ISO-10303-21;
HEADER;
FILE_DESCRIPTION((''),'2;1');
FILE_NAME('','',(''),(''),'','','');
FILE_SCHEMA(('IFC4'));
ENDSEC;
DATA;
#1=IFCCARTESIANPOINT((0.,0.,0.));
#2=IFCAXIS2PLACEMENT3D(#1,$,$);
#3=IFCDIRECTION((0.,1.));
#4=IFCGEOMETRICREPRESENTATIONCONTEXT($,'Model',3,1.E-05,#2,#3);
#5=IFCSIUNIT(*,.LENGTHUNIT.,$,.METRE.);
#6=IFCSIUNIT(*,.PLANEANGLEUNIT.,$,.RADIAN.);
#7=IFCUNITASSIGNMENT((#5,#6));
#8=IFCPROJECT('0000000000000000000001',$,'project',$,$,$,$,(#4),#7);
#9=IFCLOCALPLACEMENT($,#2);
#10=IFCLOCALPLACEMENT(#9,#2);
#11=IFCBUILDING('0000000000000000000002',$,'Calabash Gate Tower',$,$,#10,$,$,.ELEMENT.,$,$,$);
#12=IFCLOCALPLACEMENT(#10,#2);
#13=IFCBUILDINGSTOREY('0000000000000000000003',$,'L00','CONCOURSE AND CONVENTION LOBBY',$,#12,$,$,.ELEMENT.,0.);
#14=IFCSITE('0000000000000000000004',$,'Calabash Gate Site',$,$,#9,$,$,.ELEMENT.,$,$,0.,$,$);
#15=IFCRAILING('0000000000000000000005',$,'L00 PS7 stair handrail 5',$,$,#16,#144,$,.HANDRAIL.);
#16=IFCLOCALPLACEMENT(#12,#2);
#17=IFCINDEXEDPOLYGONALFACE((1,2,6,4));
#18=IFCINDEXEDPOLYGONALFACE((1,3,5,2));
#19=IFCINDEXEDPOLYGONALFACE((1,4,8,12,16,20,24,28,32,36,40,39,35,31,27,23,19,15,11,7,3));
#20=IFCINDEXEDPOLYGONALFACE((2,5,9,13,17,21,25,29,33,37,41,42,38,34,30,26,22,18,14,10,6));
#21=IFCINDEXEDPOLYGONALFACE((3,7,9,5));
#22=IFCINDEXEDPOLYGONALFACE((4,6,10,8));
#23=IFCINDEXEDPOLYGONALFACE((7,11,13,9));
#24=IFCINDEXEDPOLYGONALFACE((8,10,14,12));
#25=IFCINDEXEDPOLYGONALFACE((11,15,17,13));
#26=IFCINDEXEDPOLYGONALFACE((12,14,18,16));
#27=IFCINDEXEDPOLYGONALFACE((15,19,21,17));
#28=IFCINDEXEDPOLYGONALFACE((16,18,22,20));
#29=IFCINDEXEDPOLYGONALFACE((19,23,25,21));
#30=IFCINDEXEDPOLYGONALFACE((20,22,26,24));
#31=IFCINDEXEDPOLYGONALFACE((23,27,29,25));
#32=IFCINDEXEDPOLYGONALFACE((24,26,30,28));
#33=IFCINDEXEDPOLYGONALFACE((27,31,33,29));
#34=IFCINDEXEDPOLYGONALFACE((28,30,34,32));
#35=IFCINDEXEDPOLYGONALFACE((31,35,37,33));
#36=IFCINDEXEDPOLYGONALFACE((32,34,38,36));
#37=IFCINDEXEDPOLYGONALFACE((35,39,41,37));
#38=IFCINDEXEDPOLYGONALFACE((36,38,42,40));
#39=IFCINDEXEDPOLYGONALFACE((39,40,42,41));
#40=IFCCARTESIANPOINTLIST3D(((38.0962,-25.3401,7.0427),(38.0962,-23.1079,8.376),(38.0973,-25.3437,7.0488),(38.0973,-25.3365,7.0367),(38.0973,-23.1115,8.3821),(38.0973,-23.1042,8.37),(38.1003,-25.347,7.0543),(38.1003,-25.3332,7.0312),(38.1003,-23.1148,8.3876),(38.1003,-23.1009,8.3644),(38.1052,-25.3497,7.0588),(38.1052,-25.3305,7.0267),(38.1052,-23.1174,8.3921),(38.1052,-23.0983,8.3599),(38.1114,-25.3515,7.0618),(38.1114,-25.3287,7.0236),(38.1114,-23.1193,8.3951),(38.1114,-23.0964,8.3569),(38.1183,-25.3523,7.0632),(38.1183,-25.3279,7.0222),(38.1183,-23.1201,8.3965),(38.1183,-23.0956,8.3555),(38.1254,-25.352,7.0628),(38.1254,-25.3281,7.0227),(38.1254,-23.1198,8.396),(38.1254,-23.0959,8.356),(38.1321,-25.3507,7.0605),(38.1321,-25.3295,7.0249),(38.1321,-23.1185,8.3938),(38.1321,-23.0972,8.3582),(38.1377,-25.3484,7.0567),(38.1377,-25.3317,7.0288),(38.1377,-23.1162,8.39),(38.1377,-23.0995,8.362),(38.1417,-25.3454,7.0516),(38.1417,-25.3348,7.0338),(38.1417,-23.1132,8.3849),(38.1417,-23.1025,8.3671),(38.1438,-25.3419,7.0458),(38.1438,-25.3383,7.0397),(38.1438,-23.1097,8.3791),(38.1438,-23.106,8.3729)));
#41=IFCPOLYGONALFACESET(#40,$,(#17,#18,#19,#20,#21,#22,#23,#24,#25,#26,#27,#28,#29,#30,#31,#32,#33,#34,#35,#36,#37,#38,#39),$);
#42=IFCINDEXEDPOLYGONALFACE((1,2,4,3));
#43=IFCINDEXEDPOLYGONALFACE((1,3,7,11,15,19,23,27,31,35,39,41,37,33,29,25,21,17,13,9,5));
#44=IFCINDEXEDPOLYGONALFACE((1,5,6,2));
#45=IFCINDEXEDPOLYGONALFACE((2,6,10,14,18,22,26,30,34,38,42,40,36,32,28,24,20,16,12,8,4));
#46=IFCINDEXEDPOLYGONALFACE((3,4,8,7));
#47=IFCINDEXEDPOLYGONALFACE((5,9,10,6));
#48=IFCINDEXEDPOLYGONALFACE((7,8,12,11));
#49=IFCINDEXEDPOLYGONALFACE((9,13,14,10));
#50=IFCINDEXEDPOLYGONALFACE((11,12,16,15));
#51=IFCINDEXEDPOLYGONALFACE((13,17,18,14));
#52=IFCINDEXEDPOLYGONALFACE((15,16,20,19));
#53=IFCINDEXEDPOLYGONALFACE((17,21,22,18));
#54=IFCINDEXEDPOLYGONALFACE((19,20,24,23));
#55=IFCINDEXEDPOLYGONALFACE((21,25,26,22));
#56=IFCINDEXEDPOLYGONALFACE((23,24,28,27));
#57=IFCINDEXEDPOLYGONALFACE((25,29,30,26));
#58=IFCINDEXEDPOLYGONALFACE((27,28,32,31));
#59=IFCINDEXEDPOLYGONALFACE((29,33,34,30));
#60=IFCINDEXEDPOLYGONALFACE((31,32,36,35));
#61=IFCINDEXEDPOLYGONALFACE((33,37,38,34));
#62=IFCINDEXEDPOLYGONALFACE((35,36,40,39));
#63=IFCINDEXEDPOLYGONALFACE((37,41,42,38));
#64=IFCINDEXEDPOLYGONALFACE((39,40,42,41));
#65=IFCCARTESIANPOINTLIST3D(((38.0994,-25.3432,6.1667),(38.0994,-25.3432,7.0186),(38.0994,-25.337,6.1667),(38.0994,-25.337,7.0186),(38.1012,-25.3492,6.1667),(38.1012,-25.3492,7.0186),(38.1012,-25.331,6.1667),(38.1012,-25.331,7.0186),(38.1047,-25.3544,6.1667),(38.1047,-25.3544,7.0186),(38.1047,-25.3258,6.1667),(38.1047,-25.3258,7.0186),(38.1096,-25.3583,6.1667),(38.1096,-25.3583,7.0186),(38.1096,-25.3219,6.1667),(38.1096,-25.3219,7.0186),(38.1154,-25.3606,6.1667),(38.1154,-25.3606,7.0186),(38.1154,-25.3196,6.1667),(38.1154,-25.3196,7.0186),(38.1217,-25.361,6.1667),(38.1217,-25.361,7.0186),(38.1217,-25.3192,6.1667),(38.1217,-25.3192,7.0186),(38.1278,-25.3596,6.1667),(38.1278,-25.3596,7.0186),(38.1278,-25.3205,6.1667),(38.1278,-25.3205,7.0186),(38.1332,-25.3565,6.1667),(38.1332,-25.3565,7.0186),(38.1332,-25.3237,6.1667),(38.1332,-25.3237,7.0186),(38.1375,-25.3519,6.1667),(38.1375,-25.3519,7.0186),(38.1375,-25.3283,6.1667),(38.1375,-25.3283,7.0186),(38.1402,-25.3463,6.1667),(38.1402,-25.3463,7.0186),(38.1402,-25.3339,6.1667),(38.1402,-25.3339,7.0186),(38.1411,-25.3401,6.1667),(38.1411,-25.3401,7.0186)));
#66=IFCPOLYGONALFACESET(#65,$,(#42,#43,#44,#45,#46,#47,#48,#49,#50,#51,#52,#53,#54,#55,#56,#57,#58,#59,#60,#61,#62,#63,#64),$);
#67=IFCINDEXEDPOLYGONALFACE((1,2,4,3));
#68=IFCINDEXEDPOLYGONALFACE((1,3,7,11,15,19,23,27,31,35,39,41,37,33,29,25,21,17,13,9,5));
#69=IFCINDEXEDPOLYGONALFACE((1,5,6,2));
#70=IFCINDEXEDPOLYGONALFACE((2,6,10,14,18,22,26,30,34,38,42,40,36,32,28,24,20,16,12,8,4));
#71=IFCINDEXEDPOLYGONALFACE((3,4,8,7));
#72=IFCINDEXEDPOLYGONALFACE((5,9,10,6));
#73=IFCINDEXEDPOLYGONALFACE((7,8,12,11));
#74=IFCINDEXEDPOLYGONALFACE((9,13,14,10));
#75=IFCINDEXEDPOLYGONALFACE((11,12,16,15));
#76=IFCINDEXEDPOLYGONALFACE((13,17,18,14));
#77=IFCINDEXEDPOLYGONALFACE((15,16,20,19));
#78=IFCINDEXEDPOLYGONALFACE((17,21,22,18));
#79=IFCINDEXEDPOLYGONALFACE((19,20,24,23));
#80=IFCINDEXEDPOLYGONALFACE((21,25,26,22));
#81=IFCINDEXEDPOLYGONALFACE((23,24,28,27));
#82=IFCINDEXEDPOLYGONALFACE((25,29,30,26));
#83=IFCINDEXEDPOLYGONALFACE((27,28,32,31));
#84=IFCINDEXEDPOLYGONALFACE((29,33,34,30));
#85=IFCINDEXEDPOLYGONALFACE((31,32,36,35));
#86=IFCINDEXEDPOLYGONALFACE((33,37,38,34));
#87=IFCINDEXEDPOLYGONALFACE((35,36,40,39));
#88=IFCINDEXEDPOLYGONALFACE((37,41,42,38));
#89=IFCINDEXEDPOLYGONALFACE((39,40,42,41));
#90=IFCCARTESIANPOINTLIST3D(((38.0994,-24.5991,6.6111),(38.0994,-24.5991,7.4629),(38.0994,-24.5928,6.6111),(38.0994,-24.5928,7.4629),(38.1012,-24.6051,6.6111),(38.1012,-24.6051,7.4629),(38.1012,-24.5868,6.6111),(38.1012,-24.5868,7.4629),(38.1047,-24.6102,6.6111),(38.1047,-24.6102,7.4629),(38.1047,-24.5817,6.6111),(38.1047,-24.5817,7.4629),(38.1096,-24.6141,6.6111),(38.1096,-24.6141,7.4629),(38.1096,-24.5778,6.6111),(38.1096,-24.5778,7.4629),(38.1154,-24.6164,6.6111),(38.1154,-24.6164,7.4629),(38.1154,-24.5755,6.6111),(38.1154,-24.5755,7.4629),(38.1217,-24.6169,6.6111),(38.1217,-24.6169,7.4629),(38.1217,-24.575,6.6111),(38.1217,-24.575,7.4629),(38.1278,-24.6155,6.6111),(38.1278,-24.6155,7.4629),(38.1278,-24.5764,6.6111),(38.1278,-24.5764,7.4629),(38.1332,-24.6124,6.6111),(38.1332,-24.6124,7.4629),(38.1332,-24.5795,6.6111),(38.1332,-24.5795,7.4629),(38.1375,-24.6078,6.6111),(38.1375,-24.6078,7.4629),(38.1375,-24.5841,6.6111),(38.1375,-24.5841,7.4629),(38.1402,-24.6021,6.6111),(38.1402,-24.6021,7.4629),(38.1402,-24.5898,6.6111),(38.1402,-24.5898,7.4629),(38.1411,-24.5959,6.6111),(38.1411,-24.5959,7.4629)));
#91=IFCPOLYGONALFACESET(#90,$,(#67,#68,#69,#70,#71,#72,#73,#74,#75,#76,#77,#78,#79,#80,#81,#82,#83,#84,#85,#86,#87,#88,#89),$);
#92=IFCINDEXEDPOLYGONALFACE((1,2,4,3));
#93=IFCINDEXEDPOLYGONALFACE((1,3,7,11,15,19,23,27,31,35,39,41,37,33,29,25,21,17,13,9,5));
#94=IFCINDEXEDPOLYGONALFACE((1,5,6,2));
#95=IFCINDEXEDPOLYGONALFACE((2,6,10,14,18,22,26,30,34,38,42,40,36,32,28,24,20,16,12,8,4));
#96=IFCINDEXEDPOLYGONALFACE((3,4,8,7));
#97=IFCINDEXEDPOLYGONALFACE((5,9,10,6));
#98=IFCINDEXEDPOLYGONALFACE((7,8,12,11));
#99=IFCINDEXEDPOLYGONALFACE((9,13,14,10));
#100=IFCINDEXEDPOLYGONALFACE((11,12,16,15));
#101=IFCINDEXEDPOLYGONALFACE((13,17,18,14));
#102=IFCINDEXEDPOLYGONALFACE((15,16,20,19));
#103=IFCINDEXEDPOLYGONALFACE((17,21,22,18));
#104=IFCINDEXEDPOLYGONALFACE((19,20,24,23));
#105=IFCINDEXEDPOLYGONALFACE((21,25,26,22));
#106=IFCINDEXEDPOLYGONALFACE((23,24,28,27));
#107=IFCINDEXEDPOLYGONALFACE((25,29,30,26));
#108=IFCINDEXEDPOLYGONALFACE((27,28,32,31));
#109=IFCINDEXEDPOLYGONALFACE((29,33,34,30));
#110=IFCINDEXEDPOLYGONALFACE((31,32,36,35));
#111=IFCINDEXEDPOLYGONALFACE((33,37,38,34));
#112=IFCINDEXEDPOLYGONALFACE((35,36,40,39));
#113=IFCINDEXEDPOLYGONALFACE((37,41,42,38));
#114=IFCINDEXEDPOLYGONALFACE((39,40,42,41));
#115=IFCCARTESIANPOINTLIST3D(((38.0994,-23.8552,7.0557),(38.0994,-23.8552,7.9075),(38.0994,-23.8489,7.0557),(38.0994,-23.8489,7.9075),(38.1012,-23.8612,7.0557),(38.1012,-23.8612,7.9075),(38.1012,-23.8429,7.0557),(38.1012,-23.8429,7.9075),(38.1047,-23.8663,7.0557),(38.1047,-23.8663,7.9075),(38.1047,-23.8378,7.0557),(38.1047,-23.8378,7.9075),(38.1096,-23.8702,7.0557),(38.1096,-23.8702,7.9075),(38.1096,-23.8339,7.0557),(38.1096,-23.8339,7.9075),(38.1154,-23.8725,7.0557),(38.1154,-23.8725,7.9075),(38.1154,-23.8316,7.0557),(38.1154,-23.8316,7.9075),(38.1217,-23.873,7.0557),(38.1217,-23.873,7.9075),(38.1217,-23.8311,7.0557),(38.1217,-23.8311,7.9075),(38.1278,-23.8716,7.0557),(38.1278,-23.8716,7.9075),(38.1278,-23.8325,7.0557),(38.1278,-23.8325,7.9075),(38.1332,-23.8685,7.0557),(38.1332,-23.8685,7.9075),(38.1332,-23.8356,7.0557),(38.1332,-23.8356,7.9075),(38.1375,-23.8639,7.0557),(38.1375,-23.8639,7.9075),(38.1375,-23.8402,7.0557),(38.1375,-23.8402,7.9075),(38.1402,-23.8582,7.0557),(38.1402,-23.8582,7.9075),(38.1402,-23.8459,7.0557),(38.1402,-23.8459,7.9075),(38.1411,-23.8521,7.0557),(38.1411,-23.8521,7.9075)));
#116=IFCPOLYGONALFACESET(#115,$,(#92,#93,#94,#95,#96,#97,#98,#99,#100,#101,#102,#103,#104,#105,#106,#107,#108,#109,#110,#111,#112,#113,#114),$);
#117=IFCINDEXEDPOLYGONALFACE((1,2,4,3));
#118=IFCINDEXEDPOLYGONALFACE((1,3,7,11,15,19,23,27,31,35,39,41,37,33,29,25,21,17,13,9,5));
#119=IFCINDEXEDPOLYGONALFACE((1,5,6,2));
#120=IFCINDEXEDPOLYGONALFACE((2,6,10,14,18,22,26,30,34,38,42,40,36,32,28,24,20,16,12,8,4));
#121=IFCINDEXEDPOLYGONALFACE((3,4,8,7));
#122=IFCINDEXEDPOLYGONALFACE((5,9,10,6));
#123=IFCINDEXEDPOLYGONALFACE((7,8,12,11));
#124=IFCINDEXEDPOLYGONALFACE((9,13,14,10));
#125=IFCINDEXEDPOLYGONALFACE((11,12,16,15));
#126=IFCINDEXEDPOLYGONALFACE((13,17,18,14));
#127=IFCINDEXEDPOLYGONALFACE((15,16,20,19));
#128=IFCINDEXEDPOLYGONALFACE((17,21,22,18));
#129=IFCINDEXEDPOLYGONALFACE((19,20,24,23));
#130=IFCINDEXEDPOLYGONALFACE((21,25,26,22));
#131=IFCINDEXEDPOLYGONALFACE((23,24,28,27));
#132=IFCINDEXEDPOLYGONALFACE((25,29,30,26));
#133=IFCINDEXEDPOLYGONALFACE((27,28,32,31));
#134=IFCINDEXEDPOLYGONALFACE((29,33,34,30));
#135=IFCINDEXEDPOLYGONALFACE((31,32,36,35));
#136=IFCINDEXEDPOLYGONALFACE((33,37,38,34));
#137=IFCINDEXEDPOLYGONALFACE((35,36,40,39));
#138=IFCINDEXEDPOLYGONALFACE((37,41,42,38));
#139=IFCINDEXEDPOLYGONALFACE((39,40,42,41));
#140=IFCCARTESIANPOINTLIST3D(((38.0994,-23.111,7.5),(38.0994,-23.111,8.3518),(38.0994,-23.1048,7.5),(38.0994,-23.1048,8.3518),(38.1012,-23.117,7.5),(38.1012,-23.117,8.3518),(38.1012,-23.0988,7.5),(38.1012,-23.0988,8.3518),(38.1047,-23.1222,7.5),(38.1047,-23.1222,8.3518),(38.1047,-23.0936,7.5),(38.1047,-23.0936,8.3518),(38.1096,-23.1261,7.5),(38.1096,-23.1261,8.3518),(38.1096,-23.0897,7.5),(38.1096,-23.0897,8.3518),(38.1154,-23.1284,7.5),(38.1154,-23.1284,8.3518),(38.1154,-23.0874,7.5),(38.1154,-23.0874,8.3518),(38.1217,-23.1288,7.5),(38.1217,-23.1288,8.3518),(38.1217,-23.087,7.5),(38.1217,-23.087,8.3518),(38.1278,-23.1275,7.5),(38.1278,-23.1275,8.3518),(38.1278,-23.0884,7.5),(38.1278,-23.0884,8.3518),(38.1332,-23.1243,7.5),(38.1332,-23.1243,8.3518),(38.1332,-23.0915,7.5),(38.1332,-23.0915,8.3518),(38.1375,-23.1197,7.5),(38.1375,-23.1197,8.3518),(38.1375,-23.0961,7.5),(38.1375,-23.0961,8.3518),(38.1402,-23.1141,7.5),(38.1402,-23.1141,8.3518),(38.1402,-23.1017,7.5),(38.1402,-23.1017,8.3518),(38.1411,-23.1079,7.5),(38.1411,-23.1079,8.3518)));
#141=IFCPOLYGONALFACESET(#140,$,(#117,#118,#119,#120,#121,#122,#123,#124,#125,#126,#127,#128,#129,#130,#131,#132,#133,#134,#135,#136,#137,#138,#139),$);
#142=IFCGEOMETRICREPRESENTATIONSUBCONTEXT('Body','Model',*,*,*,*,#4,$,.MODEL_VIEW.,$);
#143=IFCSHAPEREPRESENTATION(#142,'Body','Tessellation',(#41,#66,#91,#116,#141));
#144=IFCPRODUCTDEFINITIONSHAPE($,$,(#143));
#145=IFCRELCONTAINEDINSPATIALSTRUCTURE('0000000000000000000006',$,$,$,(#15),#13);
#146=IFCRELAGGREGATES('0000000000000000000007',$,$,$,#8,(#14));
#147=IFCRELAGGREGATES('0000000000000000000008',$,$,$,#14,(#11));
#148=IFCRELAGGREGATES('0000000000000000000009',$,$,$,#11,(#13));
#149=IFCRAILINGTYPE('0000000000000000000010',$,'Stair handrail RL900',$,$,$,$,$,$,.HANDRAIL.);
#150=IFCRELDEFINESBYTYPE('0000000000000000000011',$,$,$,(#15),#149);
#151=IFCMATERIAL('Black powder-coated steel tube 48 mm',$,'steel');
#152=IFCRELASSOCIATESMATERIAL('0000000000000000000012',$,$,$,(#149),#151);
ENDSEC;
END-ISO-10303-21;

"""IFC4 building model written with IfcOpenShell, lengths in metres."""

from ifc_helpers import new_model, si_unit, direction, frame, origin, origin_2d, place, context, subcontext, project, spatial, circle, extrude, material, type_object, element, save


model = new_model("IFC4")

# Units and contexts
model_context = context("Model", 3, precision=1e-05, world=origin(), true_north=direction((0.0, 1.0)))
body_context = subcontext(model_context, "Body", "Model", "MODEL_VIEW")
ifc_project = project(units=[si_unit("LENGTHUNIT", "METRE"), si_unit("PLANEANGLEUNIT", "RADIAN")], contexts=[model_context])

# Site, building, storey
site_placement = place(None, origin())
site = spatial("IfcSite", under=ifc_project, at=site_placement, Name="Calabash Gate Site", CompositionType="ELEMENT", RefElevation=0.0)
building_placement = place(site_placement, origin())
building = spatial("IfcBuilding", under=site, at=building_placement, Name="Calabash Gate Tower", CompositionType="ELEMENT")
storey_placement = place(building_placement, origin())
storey = spatial("IfcBuildingStorey", under=building, at=storey_placement, Name="L00", Description="CONCOURSE AND CONVENTION LOBBY", CompositionType="ELEMENT", Elevation=0.0)

# Railing
ifc_material_1 = material(Name="Black powder-coated steel tube 48 mm", Category="steel")
railing_type_1 = type_object("IfcRailingType", Name="Stair handrail RL900", PredefinedType="HANDRAIL", material=ifc_material_1)
for number, where, name in (
    (1, (38.1201, -25.3401, 6.1667), "L00 PS7 stair handrail 5"),
):
    element("IfcRailing", number, at=place(storey_placement, frame(where)), inside=storey, type_object=railing_type_1, Name=name, PredefinedType="HANDRAIL", context=body_context, shape_type="SweptSolid", body=[
        extrude(circle(Radius=0.0239, at=origin_2d()), frame((0.0, 0.0, 0.876), z_axis=(0.0, 0.858519, 0.512782), x_axis=(-1.0, 0.0, 0.0)), (0.0, 0.0, 1.0), 2.6001),
        extrude(circle(Radius=0.021, at=origin_2d()), origin(), (0.0, 0.0, 1.0), 0.8518),
        extrude(circle(Radius=0.021, at=origin_2d()), frame((0.0, 0.7441, 0.4443)), (0.0, 0.0, 1.0), 0.8518),
        extrude(circle(Radius=0.021, at=origin_2d()), frame((0.0, 1.488, 0.8889)), (0.0, 0.0, 1.0), 0.8518),
        extrude(circle(Radius=0.021, at=origin_2d()), frame((0.0, 2.2322, 1.3333)), (0.0, 0.0, 1.0), 0.8518),
    ])

save(model, "model.ifc")
